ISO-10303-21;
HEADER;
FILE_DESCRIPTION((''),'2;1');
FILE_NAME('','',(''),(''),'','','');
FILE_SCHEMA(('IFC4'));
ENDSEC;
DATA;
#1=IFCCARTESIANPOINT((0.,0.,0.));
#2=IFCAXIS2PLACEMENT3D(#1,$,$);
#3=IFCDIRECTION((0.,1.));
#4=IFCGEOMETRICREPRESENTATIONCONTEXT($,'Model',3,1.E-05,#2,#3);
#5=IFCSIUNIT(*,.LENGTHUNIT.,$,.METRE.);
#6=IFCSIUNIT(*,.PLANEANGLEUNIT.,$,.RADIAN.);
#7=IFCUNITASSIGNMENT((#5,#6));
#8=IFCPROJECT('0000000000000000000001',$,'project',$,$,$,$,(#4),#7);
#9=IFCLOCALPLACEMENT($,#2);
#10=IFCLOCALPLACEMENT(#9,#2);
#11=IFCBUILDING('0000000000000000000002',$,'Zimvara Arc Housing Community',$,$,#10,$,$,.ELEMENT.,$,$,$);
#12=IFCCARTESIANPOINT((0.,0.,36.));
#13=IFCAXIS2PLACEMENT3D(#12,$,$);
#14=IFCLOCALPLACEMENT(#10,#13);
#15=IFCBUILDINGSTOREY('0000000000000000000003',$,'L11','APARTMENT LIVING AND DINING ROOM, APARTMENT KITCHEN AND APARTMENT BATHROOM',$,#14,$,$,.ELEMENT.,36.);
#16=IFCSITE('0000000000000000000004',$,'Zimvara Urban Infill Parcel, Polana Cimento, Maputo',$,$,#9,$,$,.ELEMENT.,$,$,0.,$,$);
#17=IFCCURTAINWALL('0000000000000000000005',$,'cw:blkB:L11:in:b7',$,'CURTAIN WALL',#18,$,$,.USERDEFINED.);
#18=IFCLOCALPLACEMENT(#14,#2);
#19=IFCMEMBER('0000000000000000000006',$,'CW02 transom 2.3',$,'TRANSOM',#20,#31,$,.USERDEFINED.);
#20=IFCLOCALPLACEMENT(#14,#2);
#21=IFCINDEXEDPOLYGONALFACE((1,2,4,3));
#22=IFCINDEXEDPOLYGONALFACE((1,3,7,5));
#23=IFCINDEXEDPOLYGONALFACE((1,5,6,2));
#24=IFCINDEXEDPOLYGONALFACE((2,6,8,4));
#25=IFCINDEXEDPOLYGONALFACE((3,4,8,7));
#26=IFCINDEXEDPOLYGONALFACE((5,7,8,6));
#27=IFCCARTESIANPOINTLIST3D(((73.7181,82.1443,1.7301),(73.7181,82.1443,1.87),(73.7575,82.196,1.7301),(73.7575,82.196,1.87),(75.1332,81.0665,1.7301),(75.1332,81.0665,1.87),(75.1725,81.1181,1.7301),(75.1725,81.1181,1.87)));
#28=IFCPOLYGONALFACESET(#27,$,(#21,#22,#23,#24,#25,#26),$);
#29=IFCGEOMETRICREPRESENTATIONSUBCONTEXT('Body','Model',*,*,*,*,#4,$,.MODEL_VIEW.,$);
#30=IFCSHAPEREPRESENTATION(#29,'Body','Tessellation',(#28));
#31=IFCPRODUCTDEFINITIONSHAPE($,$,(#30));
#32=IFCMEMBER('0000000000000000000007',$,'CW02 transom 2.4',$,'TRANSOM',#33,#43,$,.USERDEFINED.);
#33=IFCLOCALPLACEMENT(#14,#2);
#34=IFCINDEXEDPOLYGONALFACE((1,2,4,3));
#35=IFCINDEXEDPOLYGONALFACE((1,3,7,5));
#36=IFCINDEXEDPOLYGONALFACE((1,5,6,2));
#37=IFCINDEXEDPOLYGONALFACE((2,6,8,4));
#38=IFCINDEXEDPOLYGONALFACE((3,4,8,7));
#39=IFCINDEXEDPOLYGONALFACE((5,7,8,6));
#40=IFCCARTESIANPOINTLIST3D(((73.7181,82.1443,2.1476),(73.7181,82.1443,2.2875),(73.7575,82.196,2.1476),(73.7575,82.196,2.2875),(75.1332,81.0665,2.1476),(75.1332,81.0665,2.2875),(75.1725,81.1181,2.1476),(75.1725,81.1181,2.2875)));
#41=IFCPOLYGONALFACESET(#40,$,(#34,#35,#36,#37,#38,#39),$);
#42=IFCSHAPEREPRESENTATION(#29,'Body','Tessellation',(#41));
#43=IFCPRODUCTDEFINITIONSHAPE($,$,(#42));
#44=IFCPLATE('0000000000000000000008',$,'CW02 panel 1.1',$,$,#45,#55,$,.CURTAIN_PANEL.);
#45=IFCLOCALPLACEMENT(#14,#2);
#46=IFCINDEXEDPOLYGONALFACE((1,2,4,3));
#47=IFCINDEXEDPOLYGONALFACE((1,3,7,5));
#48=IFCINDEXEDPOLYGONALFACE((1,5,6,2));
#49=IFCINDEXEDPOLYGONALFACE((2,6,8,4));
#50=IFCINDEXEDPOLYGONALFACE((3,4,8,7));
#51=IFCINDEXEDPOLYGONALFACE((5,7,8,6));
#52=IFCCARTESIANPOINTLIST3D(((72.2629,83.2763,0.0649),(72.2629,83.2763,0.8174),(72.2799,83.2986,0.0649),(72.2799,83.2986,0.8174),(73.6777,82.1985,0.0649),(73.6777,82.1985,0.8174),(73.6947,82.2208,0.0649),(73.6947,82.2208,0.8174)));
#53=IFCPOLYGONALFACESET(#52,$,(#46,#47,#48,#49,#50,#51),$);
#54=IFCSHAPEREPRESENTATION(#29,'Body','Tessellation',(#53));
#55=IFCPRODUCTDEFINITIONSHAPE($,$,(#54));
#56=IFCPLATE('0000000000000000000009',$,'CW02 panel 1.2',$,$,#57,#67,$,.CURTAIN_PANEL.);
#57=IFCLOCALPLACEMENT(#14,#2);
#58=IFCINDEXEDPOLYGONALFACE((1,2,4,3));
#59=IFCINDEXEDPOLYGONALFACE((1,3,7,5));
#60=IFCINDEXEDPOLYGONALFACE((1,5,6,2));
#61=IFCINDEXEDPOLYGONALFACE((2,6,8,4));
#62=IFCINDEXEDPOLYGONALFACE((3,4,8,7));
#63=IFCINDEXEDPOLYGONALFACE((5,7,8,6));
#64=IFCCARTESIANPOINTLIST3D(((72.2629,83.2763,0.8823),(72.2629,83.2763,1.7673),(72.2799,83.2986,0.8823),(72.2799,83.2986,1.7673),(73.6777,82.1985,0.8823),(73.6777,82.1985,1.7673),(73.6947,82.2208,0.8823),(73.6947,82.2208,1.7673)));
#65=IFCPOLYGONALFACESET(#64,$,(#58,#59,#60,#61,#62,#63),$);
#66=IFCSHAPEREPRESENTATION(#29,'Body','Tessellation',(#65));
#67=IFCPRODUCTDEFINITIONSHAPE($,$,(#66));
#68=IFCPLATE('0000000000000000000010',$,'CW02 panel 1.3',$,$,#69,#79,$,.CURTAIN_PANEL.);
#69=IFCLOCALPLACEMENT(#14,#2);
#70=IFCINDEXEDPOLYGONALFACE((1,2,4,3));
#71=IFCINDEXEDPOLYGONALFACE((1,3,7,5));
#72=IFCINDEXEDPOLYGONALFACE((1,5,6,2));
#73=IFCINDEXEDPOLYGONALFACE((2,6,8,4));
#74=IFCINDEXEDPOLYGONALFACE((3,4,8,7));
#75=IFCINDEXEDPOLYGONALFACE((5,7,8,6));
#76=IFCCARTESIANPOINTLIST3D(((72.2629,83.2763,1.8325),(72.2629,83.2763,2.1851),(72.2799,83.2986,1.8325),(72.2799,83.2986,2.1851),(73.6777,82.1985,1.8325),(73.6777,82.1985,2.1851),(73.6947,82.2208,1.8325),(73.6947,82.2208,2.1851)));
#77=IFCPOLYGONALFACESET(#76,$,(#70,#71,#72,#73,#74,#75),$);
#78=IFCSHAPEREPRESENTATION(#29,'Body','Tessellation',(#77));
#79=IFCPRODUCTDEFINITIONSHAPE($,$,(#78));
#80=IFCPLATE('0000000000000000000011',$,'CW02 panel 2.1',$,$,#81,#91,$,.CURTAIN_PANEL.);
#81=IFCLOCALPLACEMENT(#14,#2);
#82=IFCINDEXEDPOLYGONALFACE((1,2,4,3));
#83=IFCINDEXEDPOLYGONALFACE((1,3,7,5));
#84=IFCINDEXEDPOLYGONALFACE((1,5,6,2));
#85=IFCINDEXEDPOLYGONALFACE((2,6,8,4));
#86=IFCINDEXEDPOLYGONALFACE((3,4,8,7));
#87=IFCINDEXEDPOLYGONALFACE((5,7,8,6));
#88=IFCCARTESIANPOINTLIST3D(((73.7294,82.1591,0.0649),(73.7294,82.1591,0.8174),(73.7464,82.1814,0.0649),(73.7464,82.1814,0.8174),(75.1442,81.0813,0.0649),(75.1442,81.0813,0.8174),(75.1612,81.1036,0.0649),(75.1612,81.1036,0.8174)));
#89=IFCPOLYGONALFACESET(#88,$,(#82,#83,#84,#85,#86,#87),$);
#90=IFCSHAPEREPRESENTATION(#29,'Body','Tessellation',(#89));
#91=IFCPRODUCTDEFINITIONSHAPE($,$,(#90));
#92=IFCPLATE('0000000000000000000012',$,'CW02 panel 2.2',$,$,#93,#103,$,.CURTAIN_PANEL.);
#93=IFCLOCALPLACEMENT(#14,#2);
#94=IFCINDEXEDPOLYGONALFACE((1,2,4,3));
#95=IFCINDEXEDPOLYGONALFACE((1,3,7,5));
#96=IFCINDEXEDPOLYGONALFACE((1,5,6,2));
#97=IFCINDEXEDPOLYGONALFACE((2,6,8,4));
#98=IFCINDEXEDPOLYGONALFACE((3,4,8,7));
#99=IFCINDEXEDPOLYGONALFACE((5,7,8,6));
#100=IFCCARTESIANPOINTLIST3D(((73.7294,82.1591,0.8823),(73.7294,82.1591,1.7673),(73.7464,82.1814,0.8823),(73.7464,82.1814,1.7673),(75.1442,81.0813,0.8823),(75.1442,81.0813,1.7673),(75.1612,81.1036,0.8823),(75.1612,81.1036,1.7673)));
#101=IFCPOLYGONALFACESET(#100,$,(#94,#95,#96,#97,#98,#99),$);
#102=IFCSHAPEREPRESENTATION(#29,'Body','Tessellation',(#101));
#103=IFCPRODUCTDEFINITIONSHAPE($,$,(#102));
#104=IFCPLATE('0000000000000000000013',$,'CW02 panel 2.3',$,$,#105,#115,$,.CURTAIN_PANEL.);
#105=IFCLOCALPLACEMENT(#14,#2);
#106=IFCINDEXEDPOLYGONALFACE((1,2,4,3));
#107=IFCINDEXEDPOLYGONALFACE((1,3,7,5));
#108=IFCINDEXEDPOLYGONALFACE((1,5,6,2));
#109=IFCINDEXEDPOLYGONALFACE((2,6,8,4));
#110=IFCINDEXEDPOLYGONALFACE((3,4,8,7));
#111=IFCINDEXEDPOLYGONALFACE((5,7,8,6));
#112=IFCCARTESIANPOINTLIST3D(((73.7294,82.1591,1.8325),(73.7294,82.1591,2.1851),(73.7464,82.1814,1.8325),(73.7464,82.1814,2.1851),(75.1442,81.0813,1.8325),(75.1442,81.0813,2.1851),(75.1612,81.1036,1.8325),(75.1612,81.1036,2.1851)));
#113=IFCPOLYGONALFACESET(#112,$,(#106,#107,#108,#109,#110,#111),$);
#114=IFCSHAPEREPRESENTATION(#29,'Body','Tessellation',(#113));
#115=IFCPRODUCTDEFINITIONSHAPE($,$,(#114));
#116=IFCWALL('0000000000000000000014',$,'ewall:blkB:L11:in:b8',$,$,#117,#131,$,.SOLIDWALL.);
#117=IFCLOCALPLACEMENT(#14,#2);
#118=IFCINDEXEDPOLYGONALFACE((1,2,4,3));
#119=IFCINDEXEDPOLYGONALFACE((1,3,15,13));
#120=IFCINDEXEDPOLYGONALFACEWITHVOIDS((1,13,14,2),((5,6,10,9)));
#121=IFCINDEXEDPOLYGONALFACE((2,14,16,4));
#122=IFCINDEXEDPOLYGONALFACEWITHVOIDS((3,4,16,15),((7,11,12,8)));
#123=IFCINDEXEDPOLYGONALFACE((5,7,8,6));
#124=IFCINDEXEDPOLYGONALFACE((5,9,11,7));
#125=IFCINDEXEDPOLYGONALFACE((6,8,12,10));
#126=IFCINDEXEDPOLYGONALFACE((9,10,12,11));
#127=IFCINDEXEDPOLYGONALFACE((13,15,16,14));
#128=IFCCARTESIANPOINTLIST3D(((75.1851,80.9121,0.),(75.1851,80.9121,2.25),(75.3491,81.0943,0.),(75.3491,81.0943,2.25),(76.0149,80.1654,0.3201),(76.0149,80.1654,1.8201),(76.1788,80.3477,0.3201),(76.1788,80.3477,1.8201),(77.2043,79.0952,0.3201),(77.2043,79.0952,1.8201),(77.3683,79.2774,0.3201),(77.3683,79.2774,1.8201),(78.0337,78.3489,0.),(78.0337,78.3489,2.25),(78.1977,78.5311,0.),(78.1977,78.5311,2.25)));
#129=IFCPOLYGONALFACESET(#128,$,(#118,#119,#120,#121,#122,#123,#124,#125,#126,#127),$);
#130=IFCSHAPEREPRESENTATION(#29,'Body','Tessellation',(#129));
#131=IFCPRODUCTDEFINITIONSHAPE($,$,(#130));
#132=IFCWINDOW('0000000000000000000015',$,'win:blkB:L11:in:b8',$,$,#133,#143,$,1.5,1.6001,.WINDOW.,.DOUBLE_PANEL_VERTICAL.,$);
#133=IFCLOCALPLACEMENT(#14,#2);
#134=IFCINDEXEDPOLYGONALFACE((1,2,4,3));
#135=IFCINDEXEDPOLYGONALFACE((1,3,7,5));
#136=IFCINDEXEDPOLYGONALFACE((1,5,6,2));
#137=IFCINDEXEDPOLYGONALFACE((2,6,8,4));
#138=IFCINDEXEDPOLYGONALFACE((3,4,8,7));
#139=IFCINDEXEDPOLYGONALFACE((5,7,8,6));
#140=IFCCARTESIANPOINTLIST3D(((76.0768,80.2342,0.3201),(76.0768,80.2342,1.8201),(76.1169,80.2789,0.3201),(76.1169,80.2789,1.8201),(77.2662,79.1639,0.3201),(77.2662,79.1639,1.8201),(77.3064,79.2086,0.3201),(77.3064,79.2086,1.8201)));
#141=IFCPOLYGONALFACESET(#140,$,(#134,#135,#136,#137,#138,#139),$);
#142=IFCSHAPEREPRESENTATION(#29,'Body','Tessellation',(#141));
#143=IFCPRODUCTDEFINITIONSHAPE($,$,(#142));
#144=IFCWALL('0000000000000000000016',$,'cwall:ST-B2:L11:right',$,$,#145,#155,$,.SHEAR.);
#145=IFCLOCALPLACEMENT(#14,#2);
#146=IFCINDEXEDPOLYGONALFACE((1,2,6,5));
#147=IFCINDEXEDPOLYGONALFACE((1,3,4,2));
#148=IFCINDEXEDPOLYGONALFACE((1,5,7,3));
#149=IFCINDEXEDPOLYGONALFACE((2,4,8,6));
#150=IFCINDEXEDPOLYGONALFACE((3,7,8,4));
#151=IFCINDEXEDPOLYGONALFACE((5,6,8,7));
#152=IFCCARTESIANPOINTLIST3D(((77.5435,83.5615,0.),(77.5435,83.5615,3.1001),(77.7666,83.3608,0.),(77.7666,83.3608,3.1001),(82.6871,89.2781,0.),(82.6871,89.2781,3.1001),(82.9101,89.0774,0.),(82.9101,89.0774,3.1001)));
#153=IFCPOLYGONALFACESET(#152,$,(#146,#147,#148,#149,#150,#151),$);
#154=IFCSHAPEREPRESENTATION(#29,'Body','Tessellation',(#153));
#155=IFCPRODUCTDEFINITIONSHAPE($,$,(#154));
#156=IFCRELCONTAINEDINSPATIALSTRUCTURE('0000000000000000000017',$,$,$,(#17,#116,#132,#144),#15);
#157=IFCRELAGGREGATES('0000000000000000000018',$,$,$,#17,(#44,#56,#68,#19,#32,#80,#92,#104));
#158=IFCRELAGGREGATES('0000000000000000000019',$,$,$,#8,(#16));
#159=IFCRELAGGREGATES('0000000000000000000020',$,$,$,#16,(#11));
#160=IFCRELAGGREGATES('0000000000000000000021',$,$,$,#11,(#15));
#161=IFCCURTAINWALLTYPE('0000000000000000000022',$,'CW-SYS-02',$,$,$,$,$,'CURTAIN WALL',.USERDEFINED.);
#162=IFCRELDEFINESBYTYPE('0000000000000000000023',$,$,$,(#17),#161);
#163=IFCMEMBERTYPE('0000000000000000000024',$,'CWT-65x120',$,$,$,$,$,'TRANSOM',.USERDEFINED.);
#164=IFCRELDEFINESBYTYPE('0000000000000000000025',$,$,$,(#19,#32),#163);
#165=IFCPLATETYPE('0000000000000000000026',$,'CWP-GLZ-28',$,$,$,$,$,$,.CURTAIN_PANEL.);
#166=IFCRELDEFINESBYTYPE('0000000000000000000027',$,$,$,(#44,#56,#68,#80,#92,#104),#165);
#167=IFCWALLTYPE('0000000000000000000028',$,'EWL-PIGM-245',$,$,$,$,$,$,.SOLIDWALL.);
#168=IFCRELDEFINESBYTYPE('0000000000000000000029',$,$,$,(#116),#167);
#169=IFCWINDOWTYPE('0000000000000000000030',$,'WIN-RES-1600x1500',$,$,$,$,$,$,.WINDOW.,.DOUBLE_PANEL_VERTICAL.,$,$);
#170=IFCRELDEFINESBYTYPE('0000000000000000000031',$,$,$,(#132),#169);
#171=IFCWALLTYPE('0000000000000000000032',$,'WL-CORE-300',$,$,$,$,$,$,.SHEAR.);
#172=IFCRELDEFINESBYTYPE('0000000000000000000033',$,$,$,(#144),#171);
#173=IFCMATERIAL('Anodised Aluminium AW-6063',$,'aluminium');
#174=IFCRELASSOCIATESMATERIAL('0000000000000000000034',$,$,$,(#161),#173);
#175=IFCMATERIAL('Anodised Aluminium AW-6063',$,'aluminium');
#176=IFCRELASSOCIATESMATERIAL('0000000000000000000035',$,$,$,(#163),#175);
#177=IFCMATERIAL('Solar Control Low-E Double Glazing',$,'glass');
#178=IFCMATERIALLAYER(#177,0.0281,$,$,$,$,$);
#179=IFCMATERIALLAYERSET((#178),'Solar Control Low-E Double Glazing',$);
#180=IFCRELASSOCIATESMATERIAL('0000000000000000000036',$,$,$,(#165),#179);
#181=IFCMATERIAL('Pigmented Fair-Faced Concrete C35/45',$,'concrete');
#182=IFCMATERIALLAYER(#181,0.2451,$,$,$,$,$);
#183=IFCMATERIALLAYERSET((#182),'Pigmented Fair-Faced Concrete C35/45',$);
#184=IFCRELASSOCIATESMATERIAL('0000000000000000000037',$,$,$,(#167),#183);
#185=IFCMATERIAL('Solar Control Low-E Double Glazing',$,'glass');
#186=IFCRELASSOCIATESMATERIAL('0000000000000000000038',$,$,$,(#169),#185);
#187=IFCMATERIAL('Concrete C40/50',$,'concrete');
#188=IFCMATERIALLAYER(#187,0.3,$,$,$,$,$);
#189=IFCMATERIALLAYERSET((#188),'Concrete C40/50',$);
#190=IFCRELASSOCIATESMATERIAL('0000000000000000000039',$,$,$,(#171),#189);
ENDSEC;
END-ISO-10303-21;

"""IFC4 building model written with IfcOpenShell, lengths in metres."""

from ifc_helpers import new_model, si_unit, direction, frame, frame_2d, origin, origin_2d, place, context, subcontext, project, spatial, rectangle, extrude, material, layer, layer_set, material_profile, profile_set, type_object, element, fill, aggregate, save


model = new_model("IFC4")

# Units and contexts
model_context = context("Model", 3, precision=1e-05, world=origin(), true_north=direction((0.0, 1.0)))
body_context = subcontext(model_context, "Body", "Model", "MODEL_VIEW")
ifc_project = project(units=[si_unit("LENGTHUNIT", "METRE"), si_unit("PLANEANGLEUNIT", "RADIAN")], contexts=[model_context])

# Site, building, storey
site_placement = place(None, origin())
site = spatial("IfcSite", under=ifc_project, at=site_placement, Name="Zimvara Urban Infill Parcel, Polana Cimento, Maputo", CompositionType="ELEMENT", RefElevation=0.0)
building_placement = place(site_placement, origin())
building = spatial("IfcBuilding", under=site, at=building_placement, Name="Zimvara Arc Housing Community", CompositionType="ELEMENT")
storey_placement = place(building_placement, frame((0.0, 0.0, 36.0)))
storey = spatial("IfcBuildingStorey", under=building, at=storey_placement, Name="L11", Description="APARTMENT LIVING AND DINING ROOM, APARTMENT KITCHEN AND APARTMENT BATHROOM", CompositionType="ELEMENT", Elevation=36.0)

# Curtain wall, members, plates
ifc_material_1 = material(Name="Anodised Aluminium AW-6063", Category="aluminium")
curtain_wall_type = type_object("IfcCurtainWallType", Name="CW-SYS-02", ElementType="CURTAIN WALL", PredefinedType="USERDEFINED", material=ifc_material_1)
curtain_wall_placement = place(storey_placement, origin())
curtain_wall = element("IfcCurtainWall", 1, at=curtain_wall_placement, inside=storey, type_object=curtain_wall_type, Name="cw:blkB:L11:in:b7", ObjectType="CURTAIN WALL", PredefinedType="USERDEFINED")
ifc_material_2 = material(Name="Anodised Aluminium AW-6063", Category="aluminium")
ifc_material_profile_1 = material_profile(ifc_material_2, rectangle(XDim=0.0649, YDim=0.1399, at=origin_2d()), Name="ALU 65x140")
ifc_profile_set_1 = profile_set([ifc_material_profile_1], Name="Anodised Aluminium AW-6063")
member_type_1 = type_object("IfcMemberType", Name="CWT-65x120", ElementType="TRANSOM", PredefinedType="USERDEFINED", material=ifc_profile_set_1)
member_1_placement = place(storey_placement, frame((73.7378, 82.1702, 1.8), z_axis=(0.795498, -0.605956, 0.0), x_axis=(0.605956, 0.795498, 0.0)))
member_1 = element("IfcMember", 2, at=member_1_placement, type_object=member_type_1, Name="CW02 transom 2.3", ObjectType="TRANSOM", PredefinedType="USERDEFINED", context=body_context, shape_type="SweptSolid", body=[
    extrude(rectangle(XDim=0.0649, YDim=0.1399, at=origin_2d()), origin(), (0.0, 0.0, 1.0), 1.7788),
])
member_2_placement = place(storey_placement, frame((73.7378, 82.1702, 2.2175), z_axis=(0.795498, -0.605956, 0.0), x_axis=(0.605956, 0.795498, 0.0)))
member_2 = element("IfcMember", 3, at=member_2_placement, type_object=member_type_1, Name="CW02 transom 2.4", ObjectType="TRANSOM", PredefinedType="USERDEFINED", context=body_context, shape_type="SweptSolid", body=[
    extrude(rectangle(XDim=0.0649, YDim=0.1399, at=origin_2d()), origin(), (0.0, 0.0, 1.0), 1.7788),
])
ifc_material_3 = material(Name="Solar Control Low-E Double Glazing", Category="glass")
ifc_layer_1 = layer(ifc_material_3, 0.0281)
ifc_layer_set_1 = layer_set([ifc_layer_1], Name="Solar Control Low-E Double Glazing")
plate_type = type_object("IfcPlateType", Name="CWP-GLZ-28", PredefinedType="CURTAIN_PANEL", material=ifc_layer_set_1)
plate_1_placement = place(storey_placement, frame((72.9788, 82.7485, 0.0649), z_axis=(0.0, 0.0, 1.0), x_axis=(0.795474, -0.605988, 0.0)))
plate_1 = element("IfcPlate", 4, at=plate_1_placement, type_object=plate_type, Name="CW02 panel 1.1", PredefinedType="CURTAIN_PANEL", context=body_context, shape_type="SweptSolid", body=[
    extrude(rectangle(XDim=1.7786, YDim=0.0281, at=origin_2d()), origin(), (0.0, 0.0, 1.0), 0.7524),
])
plate_2_placement = place(storey_placement, frame((72.9788, 82.7485, 0.8823), z_axis=(0.0, 0.0, 1.0), x_axis=(0.795474, -0.605988, 0.0)))
plate_2 = element("IfcPlate", 5, at=plate_2_placement, type_object=plate_type, Name="CW02 panel 1.2", PredefinedType="CURTAIN_PANEL", context=body_context, shape_type="SweptSolid", body=[
    extrude(rectangle(XDim=1.7786, YDim=0.0281, at=origin_2d()), origin(), (0.0, 0.0, 1.0), 0.885),
])
plate_3_placement = place(storey_placement, frame((72.9788, 82.7485, 1.8325), z_axis=(0.0, 0.0, 1.0), x_axis=(0.795474, -0.605988, 0.0)))
plate_3 = element("IfcPlate", 6, at=plate_3_placement, type_object=plate_type, Name="CW02 panel 1.3", PredefinedType="CURTAIN_PANEL", context=body_context, shape_type="SweptSolid", body=[
    extrude(rectangle(XDim=1.7786, YDim=0.0281, at=origin_2d()), origin(), (0.0, 0.0, 1.0), 0.3525),
])
plate_4_placement = place(storey_placement, frame((74.4453, 81.6313, 0.0649), z_axis=(0.0, 0.0, 1.0), x_axis=(0.795474, -0.605988, 0.0)))
plate_4 = element("IfcPlate", 7, at=plate_4_placement, type_object=plate_type, Name="CW02 panel 2.1", PredefinedType="CURTAIN_PANEL", context=body_context, shape_type="SweptSolid", body=[
    extrude(rectangle(XDim=1.7786, YDim=0.0281, at=origin_2d()), origin(), (0.0, 0.0, 1.0), 0.7524),
])
plate_5_placement = place(storey_placement, frame((74.4453, 81.6313, 0.8823), z_axis=(0.0, 0.0, 1.0), x_axis=(0.795474, -0.605988, 0.0)))
plate_5 = element("IfcPlate", 8, at=plate_5_placement, type_object=plate_type, Name="CW02 panel 2.2", PredefinedType="CURTAIN_PANEL", context=body_context, shape_type="SweptSolid", body=[
    extrude(rectangle(XDim=1.7786, YDim=0.0281, at=origin_2d()), origin(), (0.0, 0.0, 1.0), 0.885),
])
plate_6_placement = place(storey_placement, frame((74.4453, 81.6313, 1.8325), z_axis=(0.0, 0.0, 1.0), x_axis=(0.795474, -0.605988, 0.0)))
plate_6 = element("IfcPlate", 9, at=plate_6_placement, type_object=plate_type, Name="CW02 panel 2.3", PredefinedType="CURTAIN_PANEL", context=body_context, shape_type="SweptSolid", body=[
    extrude(rectangle(XDim=1.7786, YDim=0.0281, at=origin_2d()), origin(), (0.0, 0.0, 1.0), 0.3525),
])
aggregate(curtain_wall, [plate_1, plate_2, plate_3, member_1, member_2, plate_4, plate_5, plate_6])

# Wall, opening, window
ifc_material_4 = material(Name="Pigmented Fair-Faced Concrete C35/45", Category="concrete")
ifc_layer_2 = layer(ifc_material_4, 0.2451)
ifc_layer_set_2 = layer_set([ifc_layer_2], Name="Pigmented Fair-Faced Concrete C35/45")
wall_type_1 = type_object("IfcWallType", Name="EWL-PIGM-245", PredefinedType="SOLIDWALL", material=ifc_layer_set_2)
wall_1_placement = place(storey_placement, frame((75.2671, 81.0032, 0.0), z_axis=(0.0, 0.0, 1.0), x_axis=(0.743364, -0.668887, 0.0)))
wall_1 = element("IfcWall", 10, at=wall_1_placement, inside=storey, type_object=wall_type_1, Name="ewall:blkB:L11:in:b8", PredefinedType="SOLIDWALL", context=body_context, shape_type="SweptSolid", body=[
    extrude(rectangle(XDim=3.832, YDim=0.2451, at=frame_2d((1.916, 0.0))), origin(), (0.0, 0.0, 1.0), 2.25),
])
opening_1_placement = place(wall_1_placement, frame((1.1162, 0.0, 0.3201)))
opening_1 = element("IfcOpeningElement", 11, at=opening_1_placement, cuts=wall_1, PredefinedType="OPENING", context=body_context, shape_type="SweptSolid", body=[
    extrude(rectangle(XDim=1.6001, YDim=1.5, at=frame_2d((0.8, 0.75))), frame((0.0, 0.1326, 0.0), z_axis=(0.0, -1.0, 0.0), x_axis=(1.0, 0.0, 0.0)), (0.0, 0.0, 1.0), 0.2651),
])
ifc_material_5 = material(Name="Solar Control Low-E Double Glazing", Category="glass")
window_type = type_object("IfcWindowType", Name="WIN-RES-1600x1500", PartitioningType="DOUBLE_PANEL_VERTICAL", PredefinedType="WINDOW", material=ifc_material_5)
window_placement = place(opening_1_placement, origin())
window = element("IfcWindow", 12, at=window_placement, inside=storey, type_object=window_type, Name="win:blkB:L11:in:b8", OverallHeight=1.5, OverallWidth=1.6001, PartitioningType="DOUBLE_PANEL_VERTICAL", PredefinedType="WINDOW", context=body_context, shape_type="SweptSolid", body=[
    extrude(rectangle(XDim=1.6001, YDim=1.5, at=frame_2d((0.8, 0.75))), frame((0.0, 0.03, 0.0), z_axis=(0.0, -1.0, 0.0), x_axis=(1.0, 0.0, 0.0)), (0.0, 0.0, 1.0), 0.0601),
])
fill(opening_1, window)

# Wall
ifc_material_6 = material(Name="Concrete C40/50", Category="concrete")
ifc_layer_3 = layer(ifc_material_6, 0.3)
ifc_layer_set_3 = layer_set([ifc_layer_3], Name="Concrete C40/50")
wall_type_2 = type_object("IfcWallType", Name="WL-CORE-300", PredefinedType="SHEAR", material=ifc_layer_set_3)
wall_2_placement = place(storey_placement, frame((77.655, 83.4612, 0.0), z_axis=(0.0, 0.0, 1.0), x_axis=(0.668868, 0.743381, 0.0)))
element("IfcWall", 13, at=wall_2_placement, inside=storey, type_object=wall_type_2, Name="cwall:ST-B2:L11:right", PredefinedType="SHEAR", context=body_context, shape_type="SweptSolid", body=[
    extrude(rectangle(XDim=7.6899, YDim=0.3, at=frame_2d((3.845, 0.0))), origin(), (0.0, 0.0, 1.0), 3.1001),
])

save(model, "model.ifc")
